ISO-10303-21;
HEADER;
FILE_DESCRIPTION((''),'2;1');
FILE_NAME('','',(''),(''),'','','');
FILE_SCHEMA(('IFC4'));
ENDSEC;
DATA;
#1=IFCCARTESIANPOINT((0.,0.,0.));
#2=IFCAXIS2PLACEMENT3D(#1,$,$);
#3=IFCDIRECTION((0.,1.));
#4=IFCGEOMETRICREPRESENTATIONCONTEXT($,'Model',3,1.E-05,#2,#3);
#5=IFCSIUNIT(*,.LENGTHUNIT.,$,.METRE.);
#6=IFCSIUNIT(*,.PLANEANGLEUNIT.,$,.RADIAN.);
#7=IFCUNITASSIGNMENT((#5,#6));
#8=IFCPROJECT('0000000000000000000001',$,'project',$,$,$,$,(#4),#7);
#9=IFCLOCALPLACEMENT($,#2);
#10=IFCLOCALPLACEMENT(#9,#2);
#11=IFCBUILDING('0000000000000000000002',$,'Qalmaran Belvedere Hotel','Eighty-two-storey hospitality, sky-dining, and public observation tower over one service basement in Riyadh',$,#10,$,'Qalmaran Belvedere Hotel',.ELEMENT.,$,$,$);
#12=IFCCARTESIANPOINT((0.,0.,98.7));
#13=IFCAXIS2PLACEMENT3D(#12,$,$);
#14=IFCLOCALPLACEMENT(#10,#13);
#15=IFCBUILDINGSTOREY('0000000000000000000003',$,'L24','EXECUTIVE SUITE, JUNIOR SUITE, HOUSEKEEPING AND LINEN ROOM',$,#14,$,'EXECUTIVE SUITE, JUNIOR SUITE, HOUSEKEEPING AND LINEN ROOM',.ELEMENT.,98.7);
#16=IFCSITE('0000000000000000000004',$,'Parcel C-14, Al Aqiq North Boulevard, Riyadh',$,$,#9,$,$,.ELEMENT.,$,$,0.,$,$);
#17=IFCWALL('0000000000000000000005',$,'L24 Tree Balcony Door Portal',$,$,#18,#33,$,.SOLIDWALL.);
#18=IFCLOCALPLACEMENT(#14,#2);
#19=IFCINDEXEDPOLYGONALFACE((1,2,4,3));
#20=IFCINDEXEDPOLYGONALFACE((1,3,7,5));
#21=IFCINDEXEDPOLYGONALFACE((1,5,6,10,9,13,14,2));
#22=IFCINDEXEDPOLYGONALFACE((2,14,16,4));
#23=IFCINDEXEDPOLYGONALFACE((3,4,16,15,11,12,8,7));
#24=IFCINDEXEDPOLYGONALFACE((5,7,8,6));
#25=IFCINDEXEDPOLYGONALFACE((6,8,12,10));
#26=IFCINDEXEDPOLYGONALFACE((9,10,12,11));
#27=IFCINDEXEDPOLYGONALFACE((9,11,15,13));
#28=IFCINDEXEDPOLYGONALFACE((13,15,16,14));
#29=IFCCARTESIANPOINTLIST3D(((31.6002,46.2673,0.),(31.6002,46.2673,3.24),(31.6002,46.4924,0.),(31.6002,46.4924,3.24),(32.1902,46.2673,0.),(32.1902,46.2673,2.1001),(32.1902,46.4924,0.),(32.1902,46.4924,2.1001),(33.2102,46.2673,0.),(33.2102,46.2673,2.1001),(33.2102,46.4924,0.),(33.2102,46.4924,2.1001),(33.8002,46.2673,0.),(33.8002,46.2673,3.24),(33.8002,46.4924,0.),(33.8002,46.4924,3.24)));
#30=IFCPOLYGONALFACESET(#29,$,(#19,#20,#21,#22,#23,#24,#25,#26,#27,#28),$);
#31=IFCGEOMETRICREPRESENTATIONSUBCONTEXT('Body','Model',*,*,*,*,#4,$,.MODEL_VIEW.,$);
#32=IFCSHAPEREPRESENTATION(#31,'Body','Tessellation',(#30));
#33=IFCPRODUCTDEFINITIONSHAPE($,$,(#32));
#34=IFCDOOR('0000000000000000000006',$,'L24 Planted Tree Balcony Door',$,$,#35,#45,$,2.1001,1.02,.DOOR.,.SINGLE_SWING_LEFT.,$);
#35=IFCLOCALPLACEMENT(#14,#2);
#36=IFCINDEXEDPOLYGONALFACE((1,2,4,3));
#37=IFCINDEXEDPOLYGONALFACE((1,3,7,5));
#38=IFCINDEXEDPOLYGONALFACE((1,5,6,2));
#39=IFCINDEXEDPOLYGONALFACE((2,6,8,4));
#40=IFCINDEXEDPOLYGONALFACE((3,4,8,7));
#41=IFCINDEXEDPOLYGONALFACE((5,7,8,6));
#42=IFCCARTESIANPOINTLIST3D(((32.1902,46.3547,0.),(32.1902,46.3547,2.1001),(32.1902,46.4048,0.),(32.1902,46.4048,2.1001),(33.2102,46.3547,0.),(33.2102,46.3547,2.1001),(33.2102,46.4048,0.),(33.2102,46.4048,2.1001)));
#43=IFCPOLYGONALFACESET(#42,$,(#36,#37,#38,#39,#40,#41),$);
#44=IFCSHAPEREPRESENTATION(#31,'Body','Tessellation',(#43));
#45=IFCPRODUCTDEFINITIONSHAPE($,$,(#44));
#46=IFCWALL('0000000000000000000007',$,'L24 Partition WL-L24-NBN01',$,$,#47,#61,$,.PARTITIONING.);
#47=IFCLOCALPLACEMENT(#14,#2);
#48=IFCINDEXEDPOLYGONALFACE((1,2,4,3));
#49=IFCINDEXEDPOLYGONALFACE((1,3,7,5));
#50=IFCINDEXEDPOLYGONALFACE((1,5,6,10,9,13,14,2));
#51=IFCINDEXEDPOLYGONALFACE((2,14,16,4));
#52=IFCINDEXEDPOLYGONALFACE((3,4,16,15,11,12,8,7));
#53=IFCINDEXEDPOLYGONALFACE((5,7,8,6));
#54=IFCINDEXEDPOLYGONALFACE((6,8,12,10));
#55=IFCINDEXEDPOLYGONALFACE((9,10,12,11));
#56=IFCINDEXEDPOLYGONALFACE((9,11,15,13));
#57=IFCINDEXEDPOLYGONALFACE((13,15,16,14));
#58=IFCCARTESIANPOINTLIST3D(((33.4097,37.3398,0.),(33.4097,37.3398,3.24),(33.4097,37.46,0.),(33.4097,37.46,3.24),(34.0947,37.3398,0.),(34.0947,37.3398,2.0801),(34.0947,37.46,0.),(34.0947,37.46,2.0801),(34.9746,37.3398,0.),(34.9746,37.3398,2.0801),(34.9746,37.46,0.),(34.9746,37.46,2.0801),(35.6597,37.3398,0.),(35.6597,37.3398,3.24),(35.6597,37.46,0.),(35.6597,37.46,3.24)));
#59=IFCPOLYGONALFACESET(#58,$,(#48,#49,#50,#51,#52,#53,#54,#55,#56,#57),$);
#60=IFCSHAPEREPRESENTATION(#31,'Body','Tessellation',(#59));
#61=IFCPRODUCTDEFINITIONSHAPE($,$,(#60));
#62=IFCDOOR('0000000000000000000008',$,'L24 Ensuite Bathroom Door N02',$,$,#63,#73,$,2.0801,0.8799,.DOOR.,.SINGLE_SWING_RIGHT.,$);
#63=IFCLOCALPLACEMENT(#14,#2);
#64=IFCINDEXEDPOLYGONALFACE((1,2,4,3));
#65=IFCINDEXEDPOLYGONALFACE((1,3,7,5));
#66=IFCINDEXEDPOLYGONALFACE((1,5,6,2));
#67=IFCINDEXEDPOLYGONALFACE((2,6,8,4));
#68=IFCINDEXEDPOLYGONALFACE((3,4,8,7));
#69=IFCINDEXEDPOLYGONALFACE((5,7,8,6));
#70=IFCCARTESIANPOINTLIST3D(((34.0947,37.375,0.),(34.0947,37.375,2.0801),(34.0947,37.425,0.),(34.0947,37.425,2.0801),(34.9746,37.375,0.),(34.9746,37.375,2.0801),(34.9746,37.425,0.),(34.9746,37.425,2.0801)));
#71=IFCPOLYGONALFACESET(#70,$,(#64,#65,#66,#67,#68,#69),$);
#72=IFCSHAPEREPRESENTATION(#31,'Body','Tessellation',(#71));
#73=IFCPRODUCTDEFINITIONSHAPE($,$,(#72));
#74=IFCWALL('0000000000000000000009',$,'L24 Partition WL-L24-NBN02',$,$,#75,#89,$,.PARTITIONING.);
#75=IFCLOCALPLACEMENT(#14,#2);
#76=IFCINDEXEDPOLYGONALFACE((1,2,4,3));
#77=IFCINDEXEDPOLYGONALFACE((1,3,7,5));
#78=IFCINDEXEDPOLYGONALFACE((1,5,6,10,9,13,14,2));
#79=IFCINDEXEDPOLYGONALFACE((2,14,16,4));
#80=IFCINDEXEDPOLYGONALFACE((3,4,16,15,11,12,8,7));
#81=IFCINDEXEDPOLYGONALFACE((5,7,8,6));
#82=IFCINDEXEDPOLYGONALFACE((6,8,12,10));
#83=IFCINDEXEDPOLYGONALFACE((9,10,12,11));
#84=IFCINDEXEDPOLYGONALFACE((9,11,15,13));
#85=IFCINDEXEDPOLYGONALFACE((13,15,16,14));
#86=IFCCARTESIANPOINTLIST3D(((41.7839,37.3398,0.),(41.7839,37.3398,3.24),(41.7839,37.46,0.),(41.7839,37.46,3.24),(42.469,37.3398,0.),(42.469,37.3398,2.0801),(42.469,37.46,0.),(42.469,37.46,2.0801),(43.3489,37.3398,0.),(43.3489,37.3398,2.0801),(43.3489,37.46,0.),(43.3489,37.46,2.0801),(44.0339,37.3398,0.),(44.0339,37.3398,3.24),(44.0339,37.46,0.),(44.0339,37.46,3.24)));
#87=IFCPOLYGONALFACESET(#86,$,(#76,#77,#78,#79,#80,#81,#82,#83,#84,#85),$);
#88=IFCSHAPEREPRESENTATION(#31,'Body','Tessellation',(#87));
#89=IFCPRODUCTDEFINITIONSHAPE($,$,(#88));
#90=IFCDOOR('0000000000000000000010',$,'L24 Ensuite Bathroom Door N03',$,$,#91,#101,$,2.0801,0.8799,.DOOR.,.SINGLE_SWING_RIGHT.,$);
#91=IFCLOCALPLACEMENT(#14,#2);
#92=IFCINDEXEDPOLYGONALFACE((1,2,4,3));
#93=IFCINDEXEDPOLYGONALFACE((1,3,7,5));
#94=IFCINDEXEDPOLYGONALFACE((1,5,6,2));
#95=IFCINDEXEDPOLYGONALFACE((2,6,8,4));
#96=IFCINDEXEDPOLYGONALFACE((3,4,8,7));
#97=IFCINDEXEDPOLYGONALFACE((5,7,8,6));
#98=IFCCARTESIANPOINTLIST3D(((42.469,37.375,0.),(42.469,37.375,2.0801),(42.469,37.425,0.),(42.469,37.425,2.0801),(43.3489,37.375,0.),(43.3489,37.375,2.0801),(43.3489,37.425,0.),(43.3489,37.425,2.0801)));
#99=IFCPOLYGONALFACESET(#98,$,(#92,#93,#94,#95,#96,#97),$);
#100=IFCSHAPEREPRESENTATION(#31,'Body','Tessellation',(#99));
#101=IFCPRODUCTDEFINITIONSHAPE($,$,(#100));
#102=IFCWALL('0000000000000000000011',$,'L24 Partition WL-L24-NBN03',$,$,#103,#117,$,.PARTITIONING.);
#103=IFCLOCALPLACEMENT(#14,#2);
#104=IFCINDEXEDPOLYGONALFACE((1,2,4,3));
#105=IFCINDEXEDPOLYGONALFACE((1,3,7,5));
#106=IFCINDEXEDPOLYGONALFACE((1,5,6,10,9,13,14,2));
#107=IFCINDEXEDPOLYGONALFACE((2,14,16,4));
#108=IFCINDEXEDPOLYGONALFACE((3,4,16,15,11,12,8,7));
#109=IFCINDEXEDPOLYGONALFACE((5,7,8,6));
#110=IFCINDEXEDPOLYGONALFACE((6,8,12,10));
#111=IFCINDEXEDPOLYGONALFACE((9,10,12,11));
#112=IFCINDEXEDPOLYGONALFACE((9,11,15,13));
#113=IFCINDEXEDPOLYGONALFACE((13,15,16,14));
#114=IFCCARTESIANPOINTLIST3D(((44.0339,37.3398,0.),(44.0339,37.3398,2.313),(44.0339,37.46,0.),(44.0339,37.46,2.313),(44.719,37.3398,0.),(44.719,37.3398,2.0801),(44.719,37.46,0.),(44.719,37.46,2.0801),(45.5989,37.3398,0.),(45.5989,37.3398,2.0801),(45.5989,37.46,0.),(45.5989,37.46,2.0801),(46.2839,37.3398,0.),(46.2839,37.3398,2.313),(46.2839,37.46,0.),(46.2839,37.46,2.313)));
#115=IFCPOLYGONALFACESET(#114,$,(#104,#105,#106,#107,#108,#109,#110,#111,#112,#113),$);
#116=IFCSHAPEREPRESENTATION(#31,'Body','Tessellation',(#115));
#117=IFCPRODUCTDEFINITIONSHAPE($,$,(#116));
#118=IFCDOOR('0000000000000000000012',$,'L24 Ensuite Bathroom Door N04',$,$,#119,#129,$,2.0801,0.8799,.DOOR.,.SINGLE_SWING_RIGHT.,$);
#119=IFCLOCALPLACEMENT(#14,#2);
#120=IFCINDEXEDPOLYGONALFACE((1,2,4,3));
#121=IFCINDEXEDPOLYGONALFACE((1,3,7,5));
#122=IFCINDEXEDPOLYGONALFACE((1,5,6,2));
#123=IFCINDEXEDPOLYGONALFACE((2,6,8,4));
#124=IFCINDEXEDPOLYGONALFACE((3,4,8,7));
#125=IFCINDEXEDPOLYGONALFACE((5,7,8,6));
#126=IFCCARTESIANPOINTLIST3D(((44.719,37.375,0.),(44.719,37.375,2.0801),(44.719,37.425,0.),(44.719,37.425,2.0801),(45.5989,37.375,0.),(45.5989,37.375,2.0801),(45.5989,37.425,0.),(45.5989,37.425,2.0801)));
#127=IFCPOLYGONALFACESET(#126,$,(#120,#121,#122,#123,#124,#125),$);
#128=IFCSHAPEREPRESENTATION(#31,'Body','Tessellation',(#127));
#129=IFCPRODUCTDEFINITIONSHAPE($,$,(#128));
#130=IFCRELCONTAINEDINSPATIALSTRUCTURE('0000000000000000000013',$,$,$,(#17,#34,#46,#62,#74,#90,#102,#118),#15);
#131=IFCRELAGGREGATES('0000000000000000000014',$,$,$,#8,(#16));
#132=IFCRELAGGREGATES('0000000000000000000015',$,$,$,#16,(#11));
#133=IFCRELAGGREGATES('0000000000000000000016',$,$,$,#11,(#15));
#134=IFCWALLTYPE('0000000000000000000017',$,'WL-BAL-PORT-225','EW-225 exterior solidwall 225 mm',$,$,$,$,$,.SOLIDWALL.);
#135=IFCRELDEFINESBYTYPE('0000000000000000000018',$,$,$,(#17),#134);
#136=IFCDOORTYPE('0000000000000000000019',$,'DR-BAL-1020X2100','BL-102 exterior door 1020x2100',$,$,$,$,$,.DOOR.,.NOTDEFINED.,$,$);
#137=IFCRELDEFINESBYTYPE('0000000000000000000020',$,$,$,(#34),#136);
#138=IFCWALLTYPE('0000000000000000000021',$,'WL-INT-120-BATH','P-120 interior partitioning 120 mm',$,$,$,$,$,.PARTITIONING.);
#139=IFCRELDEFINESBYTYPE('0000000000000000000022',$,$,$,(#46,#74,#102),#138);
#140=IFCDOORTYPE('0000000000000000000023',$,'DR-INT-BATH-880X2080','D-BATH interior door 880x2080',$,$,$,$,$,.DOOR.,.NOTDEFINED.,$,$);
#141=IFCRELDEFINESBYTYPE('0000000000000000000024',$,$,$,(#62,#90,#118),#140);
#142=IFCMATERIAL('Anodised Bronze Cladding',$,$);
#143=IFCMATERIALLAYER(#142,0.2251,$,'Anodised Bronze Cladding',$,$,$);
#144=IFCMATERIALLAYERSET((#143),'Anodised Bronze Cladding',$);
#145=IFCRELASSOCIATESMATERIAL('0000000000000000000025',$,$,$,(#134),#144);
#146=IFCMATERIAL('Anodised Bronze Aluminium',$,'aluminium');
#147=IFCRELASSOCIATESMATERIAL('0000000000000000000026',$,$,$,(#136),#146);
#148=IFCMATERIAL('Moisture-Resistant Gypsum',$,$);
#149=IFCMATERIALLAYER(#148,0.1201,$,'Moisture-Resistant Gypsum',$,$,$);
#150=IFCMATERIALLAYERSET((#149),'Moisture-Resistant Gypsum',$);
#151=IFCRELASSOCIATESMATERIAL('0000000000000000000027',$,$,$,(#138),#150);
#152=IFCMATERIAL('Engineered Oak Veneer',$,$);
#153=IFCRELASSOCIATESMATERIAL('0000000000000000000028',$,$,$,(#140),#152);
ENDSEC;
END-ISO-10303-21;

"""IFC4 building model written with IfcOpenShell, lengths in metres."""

from ifc_helpers import new_model, si_unit, direction, frame, frame_2d, origin, place, context, subcontext, project, spatial, rectangle, extrude, material, layer, layer_set, type_object, element, fill, save


model = new_model("IFC4")

# Units and contexts
model_context = context("Model", 3, precision=1e-05, world=origin(), true_north=direction((0.0, 1.0)))
body_context = subcontext(model_context, "Body", "Model", "MODEL_VIEW")
ifc_project = project(units=[si_unit("LENGTHUNIT", "METRE"), si_unit("PLANEANGLEUNIT", "RADIAN")], contexts=[model_context])

# Site, building, storey
site_placement = place(None, origin())
site = spatial("IfcSite", under=ifc_project, at=site_placement, Name="Parcel C-14, Al Aqiq North Boulevard, Riyadh", CompositionType="ELEMENT", RefElevation=0.0)
building_placement = place(site_placement, origin())
building = spatial("IfcBuilding", under=site, at=building_placement, Name="Qalmaran Belvedere Hotel", Description="Eighty-two-storey hospitality, sky-dining, and public observation tower over one service basement in Riyadh", LongName="Qalmaran Belvedere Hotel", CompositionType="ELEMENT")
storey_placement = place(building_placement, frame((0.0, 0.0, 98.7)))
storey = spatial("IfcBuildingStorey", under=building, at=storey_placement, Name="L24", Description="EXECUTIVE SUITE, JUNIOR SUITE, HOUSEKEEPING AND LINEN ROOM", LongName="EXECUTIVE SUITE, JUNIOR SUITE, HOUSEKEEPING AND LINEN ROOM", CompositionType="ELEMENT", Elevation=98.7)

# Shared definitions
ifc_material_1 = material(Name="Anodised Bronze Aluminium", Category="aluminium")

# Walls, openings, doors
ifc_material_2 = material(Name="Anodised Bronze Cladding")
ifc_layer_1 = layer(ifc_material_2, 0.2251, Name="Anodised Bronze Cladding")
ifc_layer_set_1 = layer_set([ifc_layer_1], Name="Anodised Bronze Cladding")
wall_type_1 = type_object("IfcWallType", Name="WL-BAL-PORT-225", Description="EW-225 exterior solidwall 225 mm", PredefinedType="SOLIDWALL", material=ifc_layer_set_1)
wall_1_placement = place(storey_placement, frame((31.6001, 46.3799, 0.0), z_axis=(0.0, 0.0, 1.0), x_axis=(1.0, 0.0, 0.0)))
wall_1 = element("IfcWall", 1, at=wall_1_placement, inside=storey, type_object=wall_type_1, Name="L24 Tree Balcony Door Portal", PredefinedType="SOLIDWALL", context=body_context, shape_type="SweptSolid", body=[
    extrude(rectangle(XDim=2.2, YDim=0.2251, at=frame_2d((1.1001, 0.0))), origin(), (0.0, 0.0, 1.0), 3.24),
])
opening_1_placement = place(wall_1_placement, frame((0.5901, 0.0, 0.0)))
opening_1 = element("IfcOpeningElement", 2, at=opening_1_placement, cuts=wall_1, PredefinedType="OPENING", context=body_context, shape_type="SweptSolid", body=[
    extrude(rectangle(XDim=1.02, YDim=2.1001, at=frame_2d((0.51, 1.05))), frame((0.0, 0.1226, 0.0), z_axis=(0.0, -1.0, 0.0), x_axis=(1.0, 0.0, 0.0)), (0.0, 0.0, 1.0), 0.2451),
])
door_type_1 = type_object("IfcDoorType", Name="DR-BAL-1020X2100", Description="BL-102 exterior door 1020x2100", OperationType="NOTDEFINED", PredefinedType="DOOR", material=ifc_material_1)
door_1_placement = place(opening_1_placement, origin())
door_1 = element("IfcDoor", 3, at=door_1_placement, inside=storey, type_object=door_type_1, Name="L24 Planted Tree Balcony Door", OperationType="SINGLE_SWING_LEFT", OverallHeight=2.1001, OverallWidth=1.02, PredefinedType="DOOR", context=body_context, shape_type="SweptSolid", body=[
    extrude(rectangle(XDim=1.02, YDim=2.1001, at=frame_2d((0.51, 1.05))), frame((0.0, 0.0249, 0.0), z_axis=(0.0, -1.0, 0.0), x_axis=(1.0, 0.0, 0.0)), (0.0, 0.0, 1.0), 0.05),
])
fill(opening_1, door_1)
ifc_material_3 = material(Name="Moisture-Resistant Gypsum")
ifc_layer_2 = layer(ifc_material_3, 0.1201, Name="Moisture-Resistant Gypsum")
ifc_layer_set_2 = layer_set([ifc_layer_2], Name="Moisture-Resistant Gypsum")
wall_type_2 = type_object("IfcWallType", Name="WL-INT-120-BATH", Description="P-120 interior partitioning 120 mm", PredefinedType="PARTITIONING", material=ifc_layer_set_2)
wall_2_placement = place(storey_placement, frame((33.4097, 37.3999, 0.0), z_axis=(0.0, 0.0, 1.0), x_axis=(1.0, 0.0, 0.0)))
wall_2 = element("IfcWall", 4, at=wall_2_placement, inside=storey, type_object=wall_type_2, Name="L24 Partition WL-L24-NBN01", PredefinedType="PARTITIONING", context=body_context, shape_type="SweptSolid", body=[
    extrude(rectangle(XDim=2.25, YDim=0.1201, at=frame_2d((1.125, 0.0))), origin(), (0.0, 0.0, 1.0), 3.24),
])
opening_2_placement = place(wall_2_placement, frame((1.5649, 0.0, 0.0), z_axis=(0.0, 0.0, 1.0), x_axis=(-1.0, 0.0, 0.0)))
opening_2 = element("IfcOpeningElement", 5, at=opening_2_placement, cuts=wall_2, PredefinedType="OPENING", context=body_context, shape_type="SweptSolid", body=[
    extrude(rectangle(XDim=0.8799, YDim=2.0801, at=frame_2d((0.4399, 1.04))), frame((0.0, 0.0701, 0.0), z_axis=(0.0, -1.0, 0.0), x_axis=(1.0, 0.0, 0.0)), (0.0, 0.0, 1.0), 0.1401),
])
ifc_material_4 = material(Name="Engineered Oak Veneer")
door_type_2 = type_object("IfcDoorType", Name="DR-INT-BATH-880X2080", Description="D-BATH interior door 880x2080", OperationType="NOTDEFINED", PredefinedType="DOOR", material=ifc_material_4)
door_2_placement = place(opening_2_placement, origin())
door_2 = element("IfcDoor", 6, at=door_2_placement, inside=storey, type_object=door_type_2, Name="L24 Ensuite Bathroom Door N02", OperationType="SINGLE_SWING_RIGHT", OverallHeight=2.0801, OverallWidth=0.8799, PredefinedType="DOOR", context=body_context, shape_type="SweptSolid", body=[
    extrude(rectangle(XDim=0.8799, YDim=2.0801, at=frame_2d((0.4399, 1.04))), frame((0.0, 0.0249, 0.0), z_axis=(0.0, -1.0, 0.0), x_axis=(1.0, 0.0, 0.0)), (0.0, 0.0, 1.0), 0.05),
])
fill(opening_2, door_2)
wall_3_placement = place(storey_placement, frame((41.7839, 37.3999, 0.0), z_axis=(0.0, 0.0, 1.0), x_axis=(1.0, 0.0, 0.0)))
wall_3 = element("IfcWall", 7, at=wall_3_placement, inside=storey, type_object=wall_type_2, Name="L24 Partition WL-L24-NBN02", PredefinedType="PARTITIONING", context=body_context, shape_type="SweptSolid", body=[
    extrude(rectangle(XDim=2.25, YDim=0.1201, at=frame_2d((1.125, 0.0))), origin(), (0.0, 0.0, 1.0), 3.24),
])
opening_3_placement = place(wall_3_placement, frame((1.5649, 0.0, 0.0), z_axis=(0.0, 0.0, 1.0), x_axis=(-1.0, 0.0, 0.0)))
opening_3 = element("IfcOpeningElement", 8, at=opening_3_placement, cuts=wall_3, PredefinedType="OPENING", context=body_context, shape_type="SweptSolid", body=[
    extrude(rectangle(XDim=0.8799, YDim=2.0801, at=frame_2d((0.4399, 1.04))), frame((0.0, 0.0701, 0.0), z_axis=(0.0, -1.0, 0.0), x_axis=(1.0, 0.0, 0.0)), (0.0, 0.0, 1.0), 0.1401),
])
door_3_placement = place(opening_3_placement, origin())
door_3 = element("IfcDoor", 9, at=door_3_placement, inside=storey, type_object=door_type_2, Name="L24 Ensuite Bathroom Door N03", OperationType="SINGLE_SWING_RIGHT", OverallHeight=2.0801, OverallWidth=0.8799, PredefinedType="DOOR", context=body_context, shape_type="SweptSolid", body=[
    extrude(rectangle(XDim=0.8799, YDim=2.0801, at=frame_2d((0.4399, 1.04))), frame((0.0, 0.0249, 0.0), z_axis=(0.0, -1.0, 0.0), x_axis=(1.0, 0.0, 0.0)), (0.0, 0.0, 1.0), 0.05),
])
fill(opening_3, door_3)
wall_4_placement = place(storey_placement, frame((44.0339, 37.3999, 0.0), z_axis=(0.0, 0.0, 1.0), x_axis=(1.0, 0.0, 0.0)))
wall_4 = element("IfcWall", 10, at=wall_4_placement, inside=storey, type_object=wall_type_2, Name="L24 Partition WL-L24-NBN03", PredefinedType="PARTITIONING", context=body_context, shape_type="SweptSolid", body=[
    extrude(rectangle(XDim=2.25, YDim=0.1201, at=frame_2d((1.125, 0.0))), origin(), (0.0, 0.0, 1.0), 2.313),
])
opening_4_placement = place(wall_4_placement, frame((1.5649, 0.0, 0.0), z_axis=(0.0, 0.0, 1.0), x_axis=(-1.0, 0.0, 0.0)))
opening_4 = element("IfcOpeningElement", 11, at=opening_4_placement, cuts=wall_4, PredefinedType="OPENING", context=body_context, shape_type="SweptSolid", body=[
    extrude(rectangle(XDim=0.8799, YDim=2.0801, at=frame_2d((0.4399, 1.04))), frame((0.0, 0.0701, 0.0), z_axis=(0.0, -1.0, 0.0), x_axis=(1.0, 0.0, 0.0)), (0.0, 0.0, 1.0), 0.1401),
])
door_4_placement = place(opening_4_placement, origin())
door_4 = element("IfcDoor", 12, at=door_4_placement, inside=storey, type_object=door_type_2, Name="L24 Ensuite Bathroom Door N04", OperationType="SINGLE_SWING_RIGHT", OverallHeight=2.0801, OverallWidth=0.8799, PredefinedType="DOOR", context=body_context, shape_type="SweptSolid", body=[
    extrude(rectangle(XDim=0.8799, YDim=2.0801, at=frame_2d((0.4399, 1.04))), frame((0.0, 0.0249, 0.0), z_axis=(0.0, -1.0, 0.0), x_axis=(1.0, 0.0, 0.0)), (0.0, 0.0, 1.0), 0.05),
])
fill(opening_4, door_4)

save(model, "model.ifc")
